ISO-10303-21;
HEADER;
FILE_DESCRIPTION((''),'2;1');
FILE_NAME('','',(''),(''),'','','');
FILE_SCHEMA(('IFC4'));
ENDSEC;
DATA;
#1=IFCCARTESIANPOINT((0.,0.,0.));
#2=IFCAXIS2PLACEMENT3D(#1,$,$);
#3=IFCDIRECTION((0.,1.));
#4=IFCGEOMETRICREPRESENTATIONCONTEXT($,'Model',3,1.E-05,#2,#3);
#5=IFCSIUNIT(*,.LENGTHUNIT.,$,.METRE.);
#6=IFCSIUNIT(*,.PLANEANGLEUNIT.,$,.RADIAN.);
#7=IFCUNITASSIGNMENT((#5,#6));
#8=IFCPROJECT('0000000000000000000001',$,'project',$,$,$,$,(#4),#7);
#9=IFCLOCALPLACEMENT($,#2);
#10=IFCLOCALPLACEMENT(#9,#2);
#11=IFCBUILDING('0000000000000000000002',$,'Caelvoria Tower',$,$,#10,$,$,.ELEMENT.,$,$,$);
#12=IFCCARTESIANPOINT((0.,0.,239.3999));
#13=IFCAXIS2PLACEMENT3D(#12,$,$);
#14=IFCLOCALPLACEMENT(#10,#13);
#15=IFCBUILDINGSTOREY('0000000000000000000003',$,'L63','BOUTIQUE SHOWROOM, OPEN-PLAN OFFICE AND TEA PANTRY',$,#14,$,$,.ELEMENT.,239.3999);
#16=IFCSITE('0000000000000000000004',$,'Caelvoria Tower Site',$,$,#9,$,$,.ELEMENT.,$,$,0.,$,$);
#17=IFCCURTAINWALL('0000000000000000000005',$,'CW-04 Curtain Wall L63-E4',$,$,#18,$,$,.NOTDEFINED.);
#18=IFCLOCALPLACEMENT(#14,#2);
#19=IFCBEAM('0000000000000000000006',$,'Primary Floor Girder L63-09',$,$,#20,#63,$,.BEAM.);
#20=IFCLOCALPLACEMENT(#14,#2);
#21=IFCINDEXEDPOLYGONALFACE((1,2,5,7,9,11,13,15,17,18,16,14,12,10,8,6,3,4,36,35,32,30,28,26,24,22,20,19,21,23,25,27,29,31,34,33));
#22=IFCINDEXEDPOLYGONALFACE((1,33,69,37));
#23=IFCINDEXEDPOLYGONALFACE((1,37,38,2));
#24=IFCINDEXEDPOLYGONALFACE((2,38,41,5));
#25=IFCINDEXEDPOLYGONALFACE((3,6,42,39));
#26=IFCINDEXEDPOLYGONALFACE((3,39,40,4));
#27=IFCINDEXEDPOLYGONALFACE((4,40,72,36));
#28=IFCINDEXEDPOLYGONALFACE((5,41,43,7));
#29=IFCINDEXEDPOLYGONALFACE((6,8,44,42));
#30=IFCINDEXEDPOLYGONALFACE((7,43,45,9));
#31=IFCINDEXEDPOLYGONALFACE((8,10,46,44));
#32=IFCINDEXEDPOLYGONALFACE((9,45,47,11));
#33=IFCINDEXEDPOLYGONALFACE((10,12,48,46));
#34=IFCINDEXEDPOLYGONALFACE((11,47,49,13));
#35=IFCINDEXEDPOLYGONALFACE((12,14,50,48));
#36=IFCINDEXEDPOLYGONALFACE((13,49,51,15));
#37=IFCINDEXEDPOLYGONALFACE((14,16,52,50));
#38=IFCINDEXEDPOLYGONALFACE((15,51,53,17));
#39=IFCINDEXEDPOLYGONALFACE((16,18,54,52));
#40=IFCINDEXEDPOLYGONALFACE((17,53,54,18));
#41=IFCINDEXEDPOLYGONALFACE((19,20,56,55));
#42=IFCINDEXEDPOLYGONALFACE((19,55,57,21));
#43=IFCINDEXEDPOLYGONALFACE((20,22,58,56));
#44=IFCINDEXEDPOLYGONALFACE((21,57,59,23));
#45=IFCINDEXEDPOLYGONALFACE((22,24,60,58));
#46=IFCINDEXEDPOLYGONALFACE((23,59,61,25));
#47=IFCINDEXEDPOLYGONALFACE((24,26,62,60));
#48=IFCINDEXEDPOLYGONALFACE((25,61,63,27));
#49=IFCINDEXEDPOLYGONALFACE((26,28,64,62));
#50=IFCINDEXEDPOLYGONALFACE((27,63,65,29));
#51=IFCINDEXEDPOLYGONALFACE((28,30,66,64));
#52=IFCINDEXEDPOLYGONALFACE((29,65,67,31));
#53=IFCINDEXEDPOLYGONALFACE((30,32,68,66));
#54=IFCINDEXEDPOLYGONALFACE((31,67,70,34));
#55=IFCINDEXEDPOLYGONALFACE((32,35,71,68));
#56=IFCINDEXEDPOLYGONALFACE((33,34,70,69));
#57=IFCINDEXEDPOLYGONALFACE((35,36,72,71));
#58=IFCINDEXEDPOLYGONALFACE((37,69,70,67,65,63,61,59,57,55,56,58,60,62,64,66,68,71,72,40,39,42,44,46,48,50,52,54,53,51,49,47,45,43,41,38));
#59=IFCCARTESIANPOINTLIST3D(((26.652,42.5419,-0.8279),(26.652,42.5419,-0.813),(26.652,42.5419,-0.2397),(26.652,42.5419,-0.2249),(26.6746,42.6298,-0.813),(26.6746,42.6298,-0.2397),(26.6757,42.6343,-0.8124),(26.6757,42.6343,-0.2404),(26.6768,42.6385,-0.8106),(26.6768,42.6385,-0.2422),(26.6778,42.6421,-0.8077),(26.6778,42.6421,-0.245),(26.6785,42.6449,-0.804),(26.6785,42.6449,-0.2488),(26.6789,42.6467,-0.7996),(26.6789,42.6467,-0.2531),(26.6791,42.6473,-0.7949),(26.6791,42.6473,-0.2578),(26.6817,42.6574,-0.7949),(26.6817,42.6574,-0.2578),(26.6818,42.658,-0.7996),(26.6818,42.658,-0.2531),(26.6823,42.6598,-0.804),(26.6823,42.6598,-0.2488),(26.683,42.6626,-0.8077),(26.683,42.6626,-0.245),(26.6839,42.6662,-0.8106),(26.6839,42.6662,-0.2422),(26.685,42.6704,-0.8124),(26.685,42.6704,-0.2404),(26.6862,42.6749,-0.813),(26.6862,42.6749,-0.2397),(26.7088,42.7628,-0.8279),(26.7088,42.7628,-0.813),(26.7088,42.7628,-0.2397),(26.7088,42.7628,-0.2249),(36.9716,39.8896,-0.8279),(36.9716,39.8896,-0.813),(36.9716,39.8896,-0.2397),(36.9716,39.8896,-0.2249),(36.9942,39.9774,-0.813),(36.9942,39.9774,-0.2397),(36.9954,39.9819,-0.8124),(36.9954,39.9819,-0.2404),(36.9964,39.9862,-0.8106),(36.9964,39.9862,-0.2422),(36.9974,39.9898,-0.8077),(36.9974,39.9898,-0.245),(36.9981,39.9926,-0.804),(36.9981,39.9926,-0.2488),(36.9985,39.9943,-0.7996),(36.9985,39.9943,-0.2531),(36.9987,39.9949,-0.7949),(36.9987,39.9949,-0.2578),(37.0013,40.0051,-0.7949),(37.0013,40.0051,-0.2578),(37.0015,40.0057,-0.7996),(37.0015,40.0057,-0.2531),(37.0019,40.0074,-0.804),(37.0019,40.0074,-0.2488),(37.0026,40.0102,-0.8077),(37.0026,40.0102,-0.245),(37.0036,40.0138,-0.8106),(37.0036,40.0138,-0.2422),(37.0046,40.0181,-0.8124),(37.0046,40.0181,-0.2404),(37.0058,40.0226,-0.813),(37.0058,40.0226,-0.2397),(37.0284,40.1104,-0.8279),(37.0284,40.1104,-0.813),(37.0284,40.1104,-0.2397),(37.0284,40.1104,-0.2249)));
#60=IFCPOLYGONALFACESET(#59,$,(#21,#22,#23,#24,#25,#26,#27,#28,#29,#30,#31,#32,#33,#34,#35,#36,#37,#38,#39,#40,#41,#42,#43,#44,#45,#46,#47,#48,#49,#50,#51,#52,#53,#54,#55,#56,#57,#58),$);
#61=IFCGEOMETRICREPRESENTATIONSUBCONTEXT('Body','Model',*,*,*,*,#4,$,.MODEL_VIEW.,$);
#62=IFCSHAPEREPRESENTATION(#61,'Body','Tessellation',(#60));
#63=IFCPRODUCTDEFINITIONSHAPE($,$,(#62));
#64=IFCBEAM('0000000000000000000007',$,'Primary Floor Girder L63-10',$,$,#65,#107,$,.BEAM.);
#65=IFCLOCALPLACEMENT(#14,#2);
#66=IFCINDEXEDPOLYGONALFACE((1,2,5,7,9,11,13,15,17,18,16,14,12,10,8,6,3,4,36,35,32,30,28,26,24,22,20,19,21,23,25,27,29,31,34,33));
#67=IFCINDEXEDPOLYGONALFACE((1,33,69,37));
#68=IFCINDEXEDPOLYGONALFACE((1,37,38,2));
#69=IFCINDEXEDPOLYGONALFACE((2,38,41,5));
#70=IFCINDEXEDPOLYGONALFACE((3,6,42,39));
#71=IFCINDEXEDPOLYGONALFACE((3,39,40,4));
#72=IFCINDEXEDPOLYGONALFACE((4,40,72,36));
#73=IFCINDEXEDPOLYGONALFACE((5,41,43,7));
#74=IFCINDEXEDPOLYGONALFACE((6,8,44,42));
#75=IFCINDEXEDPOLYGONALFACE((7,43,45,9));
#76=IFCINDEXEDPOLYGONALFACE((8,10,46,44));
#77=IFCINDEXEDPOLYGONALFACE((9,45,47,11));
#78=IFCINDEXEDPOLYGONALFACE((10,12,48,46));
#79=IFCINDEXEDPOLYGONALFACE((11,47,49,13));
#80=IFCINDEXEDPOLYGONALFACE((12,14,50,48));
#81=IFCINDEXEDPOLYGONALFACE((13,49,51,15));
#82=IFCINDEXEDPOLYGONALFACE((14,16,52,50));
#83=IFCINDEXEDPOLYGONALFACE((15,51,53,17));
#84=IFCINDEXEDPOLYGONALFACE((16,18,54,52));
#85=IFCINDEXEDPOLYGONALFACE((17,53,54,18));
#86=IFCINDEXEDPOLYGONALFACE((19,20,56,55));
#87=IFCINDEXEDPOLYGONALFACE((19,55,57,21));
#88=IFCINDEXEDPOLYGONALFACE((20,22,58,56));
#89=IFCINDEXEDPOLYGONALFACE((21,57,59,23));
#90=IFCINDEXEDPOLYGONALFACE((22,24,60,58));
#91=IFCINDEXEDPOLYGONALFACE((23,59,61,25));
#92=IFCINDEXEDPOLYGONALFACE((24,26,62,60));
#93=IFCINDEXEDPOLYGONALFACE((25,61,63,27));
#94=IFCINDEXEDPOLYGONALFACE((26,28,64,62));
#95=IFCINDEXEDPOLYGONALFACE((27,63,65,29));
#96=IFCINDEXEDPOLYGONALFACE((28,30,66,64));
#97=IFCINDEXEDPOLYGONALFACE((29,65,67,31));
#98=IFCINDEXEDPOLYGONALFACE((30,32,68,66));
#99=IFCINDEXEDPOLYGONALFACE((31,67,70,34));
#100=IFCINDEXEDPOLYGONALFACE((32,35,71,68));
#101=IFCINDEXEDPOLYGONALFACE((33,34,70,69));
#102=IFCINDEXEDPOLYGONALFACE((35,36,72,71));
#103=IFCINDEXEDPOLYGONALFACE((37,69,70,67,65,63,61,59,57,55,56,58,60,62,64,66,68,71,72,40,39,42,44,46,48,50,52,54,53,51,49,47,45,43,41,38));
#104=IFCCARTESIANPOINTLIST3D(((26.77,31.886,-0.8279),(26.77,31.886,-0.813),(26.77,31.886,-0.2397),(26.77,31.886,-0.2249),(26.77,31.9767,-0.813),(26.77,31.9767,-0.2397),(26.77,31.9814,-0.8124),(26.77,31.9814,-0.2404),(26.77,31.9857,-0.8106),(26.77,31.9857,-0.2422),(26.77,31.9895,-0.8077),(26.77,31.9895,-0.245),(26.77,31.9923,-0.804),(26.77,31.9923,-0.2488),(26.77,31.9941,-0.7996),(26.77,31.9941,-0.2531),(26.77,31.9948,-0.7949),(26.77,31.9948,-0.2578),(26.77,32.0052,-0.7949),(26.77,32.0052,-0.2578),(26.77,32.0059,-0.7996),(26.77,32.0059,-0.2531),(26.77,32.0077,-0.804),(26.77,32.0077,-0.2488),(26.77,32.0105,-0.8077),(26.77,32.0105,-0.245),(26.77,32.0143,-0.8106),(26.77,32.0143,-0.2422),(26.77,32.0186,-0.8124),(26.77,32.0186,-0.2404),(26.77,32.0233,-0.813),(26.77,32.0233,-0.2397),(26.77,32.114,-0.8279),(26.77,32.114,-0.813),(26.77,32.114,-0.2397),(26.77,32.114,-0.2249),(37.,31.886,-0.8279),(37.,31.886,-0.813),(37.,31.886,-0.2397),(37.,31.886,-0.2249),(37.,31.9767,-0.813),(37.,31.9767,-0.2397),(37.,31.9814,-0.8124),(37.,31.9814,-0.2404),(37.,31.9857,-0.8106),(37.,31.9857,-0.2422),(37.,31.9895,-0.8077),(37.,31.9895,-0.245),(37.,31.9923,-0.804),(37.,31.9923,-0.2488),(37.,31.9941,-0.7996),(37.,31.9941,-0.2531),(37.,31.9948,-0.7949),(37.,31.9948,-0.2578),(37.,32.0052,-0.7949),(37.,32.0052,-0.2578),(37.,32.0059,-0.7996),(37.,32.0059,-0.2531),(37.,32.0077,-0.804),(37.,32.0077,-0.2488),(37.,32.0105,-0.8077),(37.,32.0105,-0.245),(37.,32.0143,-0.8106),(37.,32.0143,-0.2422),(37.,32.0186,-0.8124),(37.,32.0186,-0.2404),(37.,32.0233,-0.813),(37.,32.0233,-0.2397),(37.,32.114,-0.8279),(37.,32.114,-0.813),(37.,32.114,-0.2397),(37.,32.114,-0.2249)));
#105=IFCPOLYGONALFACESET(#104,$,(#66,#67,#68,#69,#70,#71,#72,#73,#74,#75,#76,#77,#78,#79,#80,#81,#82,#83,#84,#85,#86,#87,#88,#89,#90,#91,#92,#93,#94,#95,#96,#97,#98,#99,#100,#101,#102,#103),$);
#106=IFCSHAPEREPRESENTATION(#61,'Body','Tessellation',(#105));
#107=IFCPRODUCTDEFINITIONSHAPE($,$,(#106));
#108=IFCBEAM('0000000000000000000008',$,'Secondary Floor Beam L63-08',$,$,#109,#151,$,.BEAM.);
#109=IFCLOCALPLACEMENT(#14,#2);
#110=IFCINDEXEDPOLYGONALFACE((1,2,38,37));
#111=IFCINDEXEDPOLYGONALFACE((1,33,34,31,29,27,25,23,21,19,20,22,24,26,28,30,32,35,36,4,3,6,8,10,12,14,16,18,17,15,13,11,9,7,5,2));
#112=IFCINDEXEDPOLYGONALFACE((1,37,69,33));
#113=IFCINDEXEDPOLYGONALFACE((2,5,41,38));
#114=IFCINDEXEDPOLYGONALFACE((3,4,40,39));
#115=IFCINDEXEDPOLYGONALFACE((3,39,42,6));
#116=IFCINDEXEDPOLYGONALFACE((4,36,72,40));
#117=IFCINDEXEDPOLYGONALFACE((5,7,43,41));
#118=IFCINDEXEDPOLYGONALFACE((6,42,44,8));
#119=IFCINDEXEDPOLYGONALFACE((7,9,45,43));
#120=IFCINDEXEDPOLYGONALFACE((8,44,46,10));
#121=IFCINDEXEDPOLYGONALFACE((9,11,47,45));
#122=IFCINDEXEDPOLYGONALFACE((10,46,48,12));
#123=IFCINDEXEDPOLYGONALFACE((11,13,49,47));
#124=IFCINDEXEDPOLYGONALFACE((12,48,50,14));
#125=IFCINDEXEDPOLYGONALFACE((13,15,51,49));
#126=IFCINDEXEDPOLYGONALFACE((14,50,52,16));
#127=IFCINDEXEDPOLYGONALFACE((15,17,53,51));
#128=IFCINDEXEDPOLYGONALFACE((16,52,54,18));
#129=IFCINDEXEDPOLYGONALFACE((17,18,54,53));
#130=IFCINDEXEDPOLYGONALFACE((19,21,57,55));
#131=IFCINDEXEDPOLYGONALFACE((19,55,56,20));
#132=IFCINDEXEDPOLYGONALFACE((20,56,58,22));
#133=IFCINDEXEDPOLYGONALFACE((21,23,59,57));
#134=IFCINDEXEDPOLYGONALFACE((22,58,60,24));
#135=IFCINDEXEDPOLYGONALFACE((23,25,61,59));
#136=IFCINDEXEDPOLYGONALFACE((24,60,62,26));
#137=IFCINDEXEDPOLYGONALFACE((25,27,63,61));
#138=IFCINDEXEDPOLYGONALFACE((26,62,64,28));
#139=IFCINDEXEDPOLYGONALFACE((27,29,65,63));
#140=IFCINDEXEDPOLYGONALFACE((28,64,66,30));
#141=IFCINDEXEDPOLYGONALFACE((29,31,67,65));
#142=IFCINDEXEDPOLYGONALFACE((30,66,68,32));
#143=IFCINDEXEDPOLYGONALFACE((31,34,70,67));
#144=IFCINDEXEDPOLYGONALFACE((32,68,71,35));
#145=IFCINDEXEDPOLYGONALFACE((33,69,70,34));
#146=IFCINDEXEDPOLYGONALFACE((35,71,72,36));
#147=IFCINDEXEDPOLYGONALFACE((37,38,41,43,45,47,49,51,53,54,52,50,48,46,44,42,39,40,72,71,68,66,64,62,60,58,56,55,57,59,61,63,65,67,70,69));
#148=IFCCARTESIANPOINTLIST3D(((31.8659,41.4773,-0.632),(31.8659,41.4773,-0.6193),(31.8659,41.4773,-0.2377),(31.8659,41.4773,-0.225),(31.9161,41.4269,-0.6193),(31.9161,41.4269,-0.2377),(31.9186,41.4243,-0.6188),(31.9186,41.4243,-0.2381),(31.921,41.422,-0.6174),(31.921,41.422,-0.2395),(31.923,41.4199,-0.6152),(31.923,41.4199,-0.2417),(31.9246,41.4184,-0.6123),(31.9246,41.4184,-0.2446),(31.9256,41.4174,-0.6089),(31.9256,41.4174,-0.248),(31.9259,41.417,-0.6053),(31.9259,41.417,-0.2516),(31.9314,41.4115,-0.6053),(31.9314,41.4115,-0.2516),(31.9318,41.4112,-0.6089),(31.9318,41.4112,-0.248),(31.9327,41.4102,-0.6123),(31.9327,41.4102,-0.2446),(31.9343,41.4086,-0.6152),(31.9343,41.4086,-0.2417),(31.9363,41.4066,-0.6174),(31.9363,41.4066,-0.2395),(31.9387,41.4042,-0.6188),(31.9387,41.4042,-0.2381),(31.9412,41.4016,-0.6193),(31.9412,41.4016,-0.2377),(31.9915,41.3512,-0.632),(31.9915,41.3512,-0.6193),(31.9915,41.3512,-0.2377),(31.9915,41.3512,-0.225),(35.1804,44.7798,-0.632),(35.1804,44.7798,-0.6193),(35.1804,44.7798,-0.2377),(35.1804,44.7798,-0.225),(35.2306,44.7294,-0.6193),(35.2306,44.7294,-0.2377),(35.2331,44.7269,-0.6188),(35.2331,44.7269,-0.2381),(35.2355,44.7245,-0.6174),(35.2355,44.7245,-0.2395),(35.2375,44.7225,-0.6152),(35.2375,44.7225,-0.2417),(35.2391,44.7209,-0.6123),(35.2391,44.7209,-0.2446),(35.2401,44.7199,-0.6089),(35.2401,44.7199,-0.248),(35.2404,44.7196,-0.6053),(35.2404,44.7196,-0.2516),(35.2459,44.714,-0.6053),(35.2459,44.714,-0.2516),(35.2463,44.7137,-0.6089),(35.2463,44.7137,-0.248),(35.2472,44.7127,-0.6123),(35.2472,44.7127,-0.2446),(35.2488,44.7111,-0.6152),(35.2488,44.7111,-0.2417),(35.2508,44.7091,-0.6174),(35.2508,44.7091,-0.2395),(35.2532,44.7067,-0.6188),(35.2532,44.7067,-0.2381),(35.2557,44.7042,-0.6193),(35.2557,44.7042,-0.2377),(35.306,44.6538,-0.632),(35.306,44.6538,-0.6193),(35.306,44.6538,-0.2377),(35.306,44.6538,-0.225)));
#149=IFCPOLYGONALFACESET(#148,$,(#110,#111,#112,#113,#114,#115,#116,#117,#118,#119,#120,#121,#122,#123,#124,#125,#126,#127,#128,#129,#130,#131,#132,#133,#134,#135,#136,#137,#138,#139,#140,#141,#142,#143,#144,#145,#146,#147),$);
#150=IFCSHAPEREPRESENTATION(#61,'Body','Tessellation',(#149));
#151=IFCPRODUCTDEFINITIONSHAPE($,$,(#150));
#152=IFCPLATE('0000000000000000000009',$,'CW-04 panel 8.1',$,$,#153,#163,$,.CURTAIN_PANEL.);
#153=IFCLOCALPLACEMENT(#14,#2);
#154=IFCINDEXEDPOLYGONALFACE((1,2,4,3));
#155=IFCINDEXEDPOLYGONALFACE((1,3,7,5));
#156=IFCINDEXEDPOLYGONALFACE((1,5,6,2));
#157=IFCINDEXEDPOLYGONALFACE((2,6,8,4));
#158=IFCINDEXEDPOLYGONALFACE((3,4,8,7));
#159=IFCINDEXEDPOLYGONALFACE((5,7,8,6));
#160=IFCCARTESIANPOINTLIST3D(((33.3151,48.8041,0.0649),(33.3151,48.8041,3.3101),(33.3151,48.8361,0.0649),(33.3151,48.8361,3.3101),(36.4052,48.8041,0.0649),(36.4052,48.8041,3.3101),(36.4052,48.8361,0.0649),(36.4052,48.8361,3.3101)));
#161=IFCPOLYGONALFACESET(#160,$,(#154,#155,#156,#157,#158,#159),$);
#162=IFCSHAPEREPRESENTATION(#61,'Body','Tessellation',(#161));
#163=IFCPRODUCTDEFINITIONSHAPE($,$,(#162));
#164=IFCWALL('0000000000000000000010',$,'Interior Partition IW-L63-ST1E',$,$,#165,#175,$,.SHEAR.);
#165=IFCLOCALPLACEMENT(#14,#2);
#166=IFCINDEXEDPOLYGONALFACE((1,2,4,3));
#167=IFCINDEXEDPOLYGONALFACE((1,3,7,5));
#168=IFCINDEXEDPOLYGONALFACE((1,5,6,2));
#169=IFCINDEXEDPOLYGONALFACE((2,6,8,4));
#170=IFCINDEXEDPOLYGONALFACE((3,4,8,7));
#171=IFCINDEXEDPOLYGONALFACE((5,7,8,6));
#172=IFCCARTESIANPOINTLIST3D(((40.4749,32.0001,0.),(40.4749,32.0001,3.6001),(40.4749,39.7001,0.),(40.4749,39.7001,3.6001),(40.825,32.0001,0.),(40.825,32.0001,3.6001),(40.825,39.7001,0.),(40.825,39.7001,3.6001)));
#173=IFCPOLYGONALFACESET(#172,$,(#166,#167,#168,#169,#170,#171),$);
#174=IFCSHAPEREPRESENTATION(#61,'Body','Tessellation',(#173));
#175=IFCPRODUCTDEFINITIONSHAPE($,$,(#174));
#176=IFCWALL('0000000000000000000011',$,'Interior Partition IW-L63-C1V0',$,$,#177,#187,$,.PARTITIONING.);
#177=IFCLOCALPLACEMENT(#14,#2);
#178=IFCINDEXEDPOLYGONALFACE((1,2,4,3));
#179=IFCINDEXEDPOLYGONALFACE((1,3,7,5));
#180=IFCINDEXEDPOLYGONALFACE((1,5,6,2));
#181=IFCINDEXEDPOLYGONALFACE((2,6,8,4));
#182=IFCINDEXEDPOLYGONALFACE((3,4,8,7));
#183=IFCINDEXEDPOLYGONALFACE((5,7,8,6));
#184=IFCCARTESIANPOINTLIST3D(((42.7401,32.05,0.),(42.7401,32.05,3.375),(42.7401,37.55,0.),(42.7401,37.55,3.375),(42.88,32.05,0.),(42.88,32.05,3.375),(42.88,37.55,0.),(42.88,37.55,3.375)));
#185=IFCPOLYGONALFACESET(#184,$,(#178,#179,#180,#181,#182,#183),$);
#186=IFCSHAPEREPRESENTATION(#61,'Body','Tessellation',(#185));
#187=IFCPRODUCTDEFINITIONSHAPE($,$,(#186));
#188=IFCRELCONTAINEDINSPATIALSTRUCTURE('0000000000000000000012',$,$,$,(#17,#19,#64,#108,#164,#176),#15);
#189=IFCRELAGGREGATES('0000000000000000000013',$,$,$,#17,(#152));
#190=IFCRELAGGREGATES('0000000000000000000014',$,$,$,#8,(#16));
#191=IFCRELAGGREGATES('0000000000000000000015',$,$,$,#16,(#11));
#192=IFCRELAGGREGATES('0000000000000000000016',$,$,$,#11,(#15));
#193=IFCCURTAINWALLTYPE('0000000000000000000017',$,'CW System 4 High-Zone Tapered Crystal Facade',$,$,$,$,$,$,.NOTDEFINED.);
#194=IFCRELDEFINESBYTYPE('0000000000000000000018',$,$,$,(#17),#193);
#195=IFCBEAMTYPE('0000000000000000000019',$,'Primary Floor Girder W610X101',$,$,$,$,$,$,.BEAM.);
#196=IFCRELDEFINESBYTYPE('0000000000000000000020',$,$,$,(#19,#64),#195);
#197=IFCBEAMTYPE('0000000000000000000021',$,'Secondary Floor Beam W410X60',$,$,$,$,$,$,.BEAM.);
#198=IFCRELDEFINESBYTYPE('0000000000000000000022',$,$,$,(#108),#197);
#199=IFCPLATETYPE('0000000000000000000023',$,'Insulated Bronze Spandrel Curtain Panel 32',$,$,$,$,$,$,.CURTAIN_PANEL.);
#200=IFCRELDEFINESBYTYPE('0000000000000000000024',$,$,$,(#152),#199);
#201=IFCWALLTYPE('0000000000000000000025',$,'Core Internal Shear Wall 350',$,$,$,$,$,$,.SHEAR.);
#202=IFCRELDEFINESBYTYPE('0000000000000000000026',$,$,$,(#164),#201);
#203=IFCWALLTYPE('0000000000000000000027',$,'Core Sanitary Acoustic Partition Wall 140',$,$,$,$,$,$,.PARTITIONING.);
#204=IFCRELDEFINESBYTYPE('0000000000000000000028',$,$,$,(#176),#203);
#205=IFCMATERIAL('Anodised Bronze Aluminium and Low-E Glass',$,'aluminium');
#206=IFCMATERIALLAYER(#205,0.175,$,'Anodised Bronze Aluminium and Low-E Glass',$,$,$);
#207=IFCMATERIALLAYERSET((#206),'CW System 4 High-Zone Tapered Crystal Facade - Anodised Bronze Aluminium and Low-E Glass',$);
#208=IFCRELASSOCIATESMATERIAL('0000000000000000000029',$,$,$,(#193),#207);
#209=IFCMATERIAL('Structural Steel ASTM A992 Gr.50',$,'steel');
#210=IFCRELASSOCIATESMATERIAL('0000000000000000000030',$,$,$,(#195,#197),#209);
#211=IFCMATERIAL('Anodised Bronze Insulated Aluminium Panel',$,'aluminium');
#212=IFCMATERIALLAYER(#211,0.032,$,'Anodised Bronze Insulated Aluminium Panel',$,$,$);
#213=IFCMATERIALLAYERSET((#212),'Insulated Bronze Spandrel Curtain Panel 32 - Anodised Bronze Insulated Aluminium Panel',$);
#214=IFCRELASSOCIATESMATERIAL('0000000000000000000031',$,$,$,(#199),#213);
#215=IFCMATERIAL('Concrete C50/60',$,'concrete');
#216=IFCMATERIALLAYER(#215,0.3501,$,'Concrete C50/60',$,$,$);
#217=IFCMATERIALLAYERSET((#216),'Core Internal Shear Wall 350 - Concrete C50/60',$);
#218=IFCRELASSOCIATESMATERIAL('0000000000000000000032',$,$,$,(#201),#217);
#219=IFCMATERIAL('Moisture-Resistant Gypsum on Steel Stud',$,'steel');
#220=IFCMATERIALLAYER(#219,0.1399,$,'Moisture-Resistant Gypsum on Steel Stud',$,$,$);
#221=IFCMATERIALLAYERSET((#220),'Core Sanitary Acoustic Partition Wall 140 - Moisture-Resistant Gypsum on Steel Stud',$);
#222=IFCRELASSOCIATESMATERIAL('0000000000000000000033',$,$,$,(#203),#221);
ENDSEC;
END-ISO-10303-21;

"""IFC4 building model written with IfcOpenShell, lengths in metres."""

from ifc_helpers import new_model, si_unit, direction, frame, frame_2d, origin, origin_2d, place, context, subcontext, project, spatial, rectangle, i_section, extrude, material, layer, layer_set, material_profile, profile_set, type_object, element, aggregate, save


model = new_model("IFC4")

# Units and contexts
model_context = context("Model", 3, precision=1e-05, world=origin(), true_north=direction((0.0, 1.0)))
body_context = subcontext(model_context, "Body", "Model", "MODEL_VIEW")
ifc_project = project(units=[si_unit("LENGTHUNIT", "METRE"), si_unit("PLANEANGLEUNIT", "RADIAN")], contexts=[model_context])

# Site, building, storey
site_placement = place(None, origin())
site = spatial("IfcSite", under=ifc_project, at=site_placement, Name="Caelvoria Tower Site", CompositionType="ELEMENT", RefElevation=0.0)
building_placement = place(site_placement, origin())
building = spatial("IfcBuilding", under=site, at=building_placement, Name="Caelvoria Tower", CompositionType="ELEMENT")
storey_placement = place(building_placement, frame((0.0, 0.0, 239.3999)))
storey = spatial("IfcBuildingStorey", under=building, at=storey_placement, Name="L63", Description="BOUTIQUE SHOWROOM, OPEN-PLAN OFFICE AND TEA PANTRY", CompositionType="ELEMENT", Elevation=239.3999)

# Shared definitions
ifc_material_1 = material(Name="Structural Steel ASTM A992 Gr.50", Category="steel")

# Curtain wall
ifc_material_2 = material(Name="Anodised Bronze Aluminium and Low-E Glass", Category="aluminium")
ifc_layer_1 = layer(ifc_material_2, 0.175, Name="Anodised Bronze Aluminium and Low-E Glass")
ifc_layer_set_1 = layer_set([ifc_layer_1], Name="CW System 4 High-Zone Tapered Crystal Facade - Anodised Bronze Aluminium and Low-E Glass")
curtain_wall_type = type_object("IfcCurtainWallType", Name="CW System 4 High-Zone Tapered Crystal Facade", PredefinedType="NOTDEFINED", material=ifc_layer_set_1)
curtain_wall_placement = place(storey_placement, origin())
curtain_wall = element("IfcCurtainWall", 1, at=curtain_wall_placement, inside=storey, type_object=curtain_wall_type, Name="CW-04 Curtain Wall L63-E4", PredefinedType="NOTDEFINED")

# Beams
ifc_material_profile_1 = material_profile(ifc_material_1, i_section(OverallWidth=0.228, OverallDepth=0.603, WebThickness=0.0105, FlangeThickness=0.0149, FilletRadius=0.0181, at=origin_2d()), Name="Structural Steel ASTM A992 Gr.50")
ifc_profile_set_1 = profile_set([ifc_material_profile_1], Name="W610X101 - Structural Steel ASTM A992 Gr.50")
beam_type_1 = type_object("IfcBeamType", Name="Primary Floor Girder W610X101", PredefinedType="BEAM", material=ifc_profile_set_1)
beam_1_placement = place(storey_placement, frame((37.0, 40.0, -0.5264), z_axis=(-0.968522, 0.24893, 0.0), x_axis=(-0.24893, -0.968522, 0.0)))
element("IfcBeam", 2, at=beam_1_placement, inside=storey, type_object=beam_type_1, Name="Primary Floor Girder L63-09", PredefinedType="BEAM", context=body_context, shape_type="SweptSolid", body=[
    extrude(i_section(OverallWidth=0.228, OverallDepth=0.603, WebThickness=0.0105, FlangeThickness=0.0149, FilletRadius=0.0181, at=origin_2d()), origin(), (0.0, 0.0, 1.0), 10.655),
])
beam_2_placement = place(storey_placement, frame((37.0, 32.0, -0.5264), z_axis=(-1.0, 0.0, 0.0), x_axis=(0.0, -1.0, 0.0)))
element("IfcBeam", 3, at=beam_2_placement, inside=storey, type_object=beam_type_1, Name="Primary Floor Girder L63-10", PredefinedType="BEAM", context=body_context, shape_type="SweptSolid", body=[
    extrude(i_section(OverallWidth=0.228, OverallDepth=0.603, WebThickness=0.0105, FlangeThickness=0.0149, FilletRadius=0.0181, at=origin_2d()), origin(), (0.0, 0.0, 1.0), 10.23),
])
ifc_material_profile_2 = material_profile(ifc_material_1, i_section(OverallWidth=0.178, OverallDepth=0.407, WebThickness=0.0078, FlangeThickness=0.0127, FilletRadius=0.0139, at=origin_2d()), Name="Structural Steel ASTM A992 Gr.50")
ifc_profile_set_2 = profile_set([ifc_material_profile_2], Name="W410X60 - Structural Steel ASTM A992 Gr.50")
beam_type_2 = type_object("IfcBeamType", Name="Secondary Floor Beam W410X60", PredefinedType="BEAM", material=ifc_profile_set_2)
beam_3_placement = place(storey_placement, frame((35.2432, 44.7168, -0.4285), z_axis=(-0.708384, -0.705827, 0.0), x_axis=(0.705827, -0.708384, 0.0)))
element("IfcBeam", 4, at=beam_3_placement, inside=storey, type_object=beam_type_2, Name="Secondary Floor Beam L63-08", PredefinedType="BEAM", context=body_context, shape_type="SweptSolid", body=[
    extrude(i_section(OverallWidth=0.178, OverallDepth=0.407, WebThickness=0.0078, FlangeThickness=0.0127, FilletRadius=0.0139, at=origin_2d()), origin(), (0.0, 0.0, 1.0), 4.679),
])

# Plate
ifc_material_3 = material(Name="Anodised Bronze Insulated Aluminium Panel", Category="aluminium")
ifc_layer_2 = layer(ifc_material_3, 0.032, Name="Anodised Bronze Insulated Aluminium Panel")
ifc_layer_set_2 = layer_set([ifc_layer_2], Name="Insulated Bronze Spandrel Curtain Panel 32 - Anodised Bronze Insulated Aluminium Panel")
plate_type = type_object("IfcPlateType", Name="Insulated Bronze Spandrel Curtain Panel 32", PredefinedType="CURTAIN_PANEL", material=ifc_layer_set_2)
plate_placement = place(storey_placement, frame((34.8601, 48.8201, 0.0649), z_axis=(0.0, 0.0, 1.0), x_axis=(-1.0, 0.0, 0.0)))
plate = element("IfcPlate", 5, at=plate_placement, type_object=plate_type, Name="CW-04 panel 8.1", PredefinedType="CURTAIN_PANEL", context=body_context, shape_type="SweptSolid", body=[
    extrude(rectangle(XDim=3.0901, YDim=0.032, at=origin_2d()), origin(), (0.0, 0.0, 1.0), 3.2451),
])
aggregate(curtain_wall, [plate])

# Walls
ifc_material_4 = material(Name="Concrete C50/60", Category="concrete")
ifc_layer_3 = layer(ifc_material_4, 0.3501, Name="Concrete C50/60")
ifc_layer_set_3 = layer_set([ifc_layer_3], Name="Core Internal Shear Wall 350 - Concrete C50/60")
wall_type_1 = type_object("IfcWallType", Name="Core Internal Shear Wall 350", PredefinedType="SHEAR", material=ifc_layer_set_3)
wall_1_placement = place(storey_placement, frame((40.6499, 32.0, 0.0), z_axis=(0.0, 0.0, 1.0), x_axis=(0.0, 1.0, 0.0)))
element("IfcWall", 6, at=wall_1_placement, inside=storey, type_object=wall_type_1, Name="Interior Partition IW-L63-ST1E", PredefinedType="SHEAR", context=body_context, shape_type="SweptSolid", body=[
    extrude(rectangle(XDim=7.7, YDim=0.3501, at=frame_2d((3.8501, 0.0))), origin(), (0.0, 0.0, 1.0), 3.6001),
])
ifc_material_5 = material(Name="Moisture-Resistant Gypsum on Steel Stud", Category="steel")
ifc_layer_4 = layer(ifc_material_5, 0.1399, Name="Moisture-Resistant Gypsum on Steel Stud")
ifc_layer_set_4 = layer_set([ifc_layer_4], Name="Core Sanitary Acoustic Partition Wall 140 - Moisture-Resistant Gypsum on Steel Stud")
wall_type_2 = type_object("IfcWallType", Name="Core Sanitary Acoustic Partition Wall 140", PredefinedType="PARTITIONING", material=ifc_layer_set_4)
for number, where, z_axis, x_axis, name in (
    (7, (42.8101, 32.05, 0.0), (0.0, 0.0, 1.0), (0.0, 1.0, 0.0), "Interior Partition IW-L63-C1V0"),
):
    element("IfcWall", number, at=place(storey_placement, frame(where, z_axis=z_axis, x_axis=x_axis)), inside=storey, type_object=wall_type_2, Name=name, PredefinedType="PARTITIONING", context=body_context, shape_type="SweptSolid", body=[
        extrude(rectangle(XDim=5.5, YDim=0.1399, at=frame_2d((2.75, 0.0))), origin(), (0.0, 0.0, 1.0), 3.375),
    ])

save(model, "model.ifc")
